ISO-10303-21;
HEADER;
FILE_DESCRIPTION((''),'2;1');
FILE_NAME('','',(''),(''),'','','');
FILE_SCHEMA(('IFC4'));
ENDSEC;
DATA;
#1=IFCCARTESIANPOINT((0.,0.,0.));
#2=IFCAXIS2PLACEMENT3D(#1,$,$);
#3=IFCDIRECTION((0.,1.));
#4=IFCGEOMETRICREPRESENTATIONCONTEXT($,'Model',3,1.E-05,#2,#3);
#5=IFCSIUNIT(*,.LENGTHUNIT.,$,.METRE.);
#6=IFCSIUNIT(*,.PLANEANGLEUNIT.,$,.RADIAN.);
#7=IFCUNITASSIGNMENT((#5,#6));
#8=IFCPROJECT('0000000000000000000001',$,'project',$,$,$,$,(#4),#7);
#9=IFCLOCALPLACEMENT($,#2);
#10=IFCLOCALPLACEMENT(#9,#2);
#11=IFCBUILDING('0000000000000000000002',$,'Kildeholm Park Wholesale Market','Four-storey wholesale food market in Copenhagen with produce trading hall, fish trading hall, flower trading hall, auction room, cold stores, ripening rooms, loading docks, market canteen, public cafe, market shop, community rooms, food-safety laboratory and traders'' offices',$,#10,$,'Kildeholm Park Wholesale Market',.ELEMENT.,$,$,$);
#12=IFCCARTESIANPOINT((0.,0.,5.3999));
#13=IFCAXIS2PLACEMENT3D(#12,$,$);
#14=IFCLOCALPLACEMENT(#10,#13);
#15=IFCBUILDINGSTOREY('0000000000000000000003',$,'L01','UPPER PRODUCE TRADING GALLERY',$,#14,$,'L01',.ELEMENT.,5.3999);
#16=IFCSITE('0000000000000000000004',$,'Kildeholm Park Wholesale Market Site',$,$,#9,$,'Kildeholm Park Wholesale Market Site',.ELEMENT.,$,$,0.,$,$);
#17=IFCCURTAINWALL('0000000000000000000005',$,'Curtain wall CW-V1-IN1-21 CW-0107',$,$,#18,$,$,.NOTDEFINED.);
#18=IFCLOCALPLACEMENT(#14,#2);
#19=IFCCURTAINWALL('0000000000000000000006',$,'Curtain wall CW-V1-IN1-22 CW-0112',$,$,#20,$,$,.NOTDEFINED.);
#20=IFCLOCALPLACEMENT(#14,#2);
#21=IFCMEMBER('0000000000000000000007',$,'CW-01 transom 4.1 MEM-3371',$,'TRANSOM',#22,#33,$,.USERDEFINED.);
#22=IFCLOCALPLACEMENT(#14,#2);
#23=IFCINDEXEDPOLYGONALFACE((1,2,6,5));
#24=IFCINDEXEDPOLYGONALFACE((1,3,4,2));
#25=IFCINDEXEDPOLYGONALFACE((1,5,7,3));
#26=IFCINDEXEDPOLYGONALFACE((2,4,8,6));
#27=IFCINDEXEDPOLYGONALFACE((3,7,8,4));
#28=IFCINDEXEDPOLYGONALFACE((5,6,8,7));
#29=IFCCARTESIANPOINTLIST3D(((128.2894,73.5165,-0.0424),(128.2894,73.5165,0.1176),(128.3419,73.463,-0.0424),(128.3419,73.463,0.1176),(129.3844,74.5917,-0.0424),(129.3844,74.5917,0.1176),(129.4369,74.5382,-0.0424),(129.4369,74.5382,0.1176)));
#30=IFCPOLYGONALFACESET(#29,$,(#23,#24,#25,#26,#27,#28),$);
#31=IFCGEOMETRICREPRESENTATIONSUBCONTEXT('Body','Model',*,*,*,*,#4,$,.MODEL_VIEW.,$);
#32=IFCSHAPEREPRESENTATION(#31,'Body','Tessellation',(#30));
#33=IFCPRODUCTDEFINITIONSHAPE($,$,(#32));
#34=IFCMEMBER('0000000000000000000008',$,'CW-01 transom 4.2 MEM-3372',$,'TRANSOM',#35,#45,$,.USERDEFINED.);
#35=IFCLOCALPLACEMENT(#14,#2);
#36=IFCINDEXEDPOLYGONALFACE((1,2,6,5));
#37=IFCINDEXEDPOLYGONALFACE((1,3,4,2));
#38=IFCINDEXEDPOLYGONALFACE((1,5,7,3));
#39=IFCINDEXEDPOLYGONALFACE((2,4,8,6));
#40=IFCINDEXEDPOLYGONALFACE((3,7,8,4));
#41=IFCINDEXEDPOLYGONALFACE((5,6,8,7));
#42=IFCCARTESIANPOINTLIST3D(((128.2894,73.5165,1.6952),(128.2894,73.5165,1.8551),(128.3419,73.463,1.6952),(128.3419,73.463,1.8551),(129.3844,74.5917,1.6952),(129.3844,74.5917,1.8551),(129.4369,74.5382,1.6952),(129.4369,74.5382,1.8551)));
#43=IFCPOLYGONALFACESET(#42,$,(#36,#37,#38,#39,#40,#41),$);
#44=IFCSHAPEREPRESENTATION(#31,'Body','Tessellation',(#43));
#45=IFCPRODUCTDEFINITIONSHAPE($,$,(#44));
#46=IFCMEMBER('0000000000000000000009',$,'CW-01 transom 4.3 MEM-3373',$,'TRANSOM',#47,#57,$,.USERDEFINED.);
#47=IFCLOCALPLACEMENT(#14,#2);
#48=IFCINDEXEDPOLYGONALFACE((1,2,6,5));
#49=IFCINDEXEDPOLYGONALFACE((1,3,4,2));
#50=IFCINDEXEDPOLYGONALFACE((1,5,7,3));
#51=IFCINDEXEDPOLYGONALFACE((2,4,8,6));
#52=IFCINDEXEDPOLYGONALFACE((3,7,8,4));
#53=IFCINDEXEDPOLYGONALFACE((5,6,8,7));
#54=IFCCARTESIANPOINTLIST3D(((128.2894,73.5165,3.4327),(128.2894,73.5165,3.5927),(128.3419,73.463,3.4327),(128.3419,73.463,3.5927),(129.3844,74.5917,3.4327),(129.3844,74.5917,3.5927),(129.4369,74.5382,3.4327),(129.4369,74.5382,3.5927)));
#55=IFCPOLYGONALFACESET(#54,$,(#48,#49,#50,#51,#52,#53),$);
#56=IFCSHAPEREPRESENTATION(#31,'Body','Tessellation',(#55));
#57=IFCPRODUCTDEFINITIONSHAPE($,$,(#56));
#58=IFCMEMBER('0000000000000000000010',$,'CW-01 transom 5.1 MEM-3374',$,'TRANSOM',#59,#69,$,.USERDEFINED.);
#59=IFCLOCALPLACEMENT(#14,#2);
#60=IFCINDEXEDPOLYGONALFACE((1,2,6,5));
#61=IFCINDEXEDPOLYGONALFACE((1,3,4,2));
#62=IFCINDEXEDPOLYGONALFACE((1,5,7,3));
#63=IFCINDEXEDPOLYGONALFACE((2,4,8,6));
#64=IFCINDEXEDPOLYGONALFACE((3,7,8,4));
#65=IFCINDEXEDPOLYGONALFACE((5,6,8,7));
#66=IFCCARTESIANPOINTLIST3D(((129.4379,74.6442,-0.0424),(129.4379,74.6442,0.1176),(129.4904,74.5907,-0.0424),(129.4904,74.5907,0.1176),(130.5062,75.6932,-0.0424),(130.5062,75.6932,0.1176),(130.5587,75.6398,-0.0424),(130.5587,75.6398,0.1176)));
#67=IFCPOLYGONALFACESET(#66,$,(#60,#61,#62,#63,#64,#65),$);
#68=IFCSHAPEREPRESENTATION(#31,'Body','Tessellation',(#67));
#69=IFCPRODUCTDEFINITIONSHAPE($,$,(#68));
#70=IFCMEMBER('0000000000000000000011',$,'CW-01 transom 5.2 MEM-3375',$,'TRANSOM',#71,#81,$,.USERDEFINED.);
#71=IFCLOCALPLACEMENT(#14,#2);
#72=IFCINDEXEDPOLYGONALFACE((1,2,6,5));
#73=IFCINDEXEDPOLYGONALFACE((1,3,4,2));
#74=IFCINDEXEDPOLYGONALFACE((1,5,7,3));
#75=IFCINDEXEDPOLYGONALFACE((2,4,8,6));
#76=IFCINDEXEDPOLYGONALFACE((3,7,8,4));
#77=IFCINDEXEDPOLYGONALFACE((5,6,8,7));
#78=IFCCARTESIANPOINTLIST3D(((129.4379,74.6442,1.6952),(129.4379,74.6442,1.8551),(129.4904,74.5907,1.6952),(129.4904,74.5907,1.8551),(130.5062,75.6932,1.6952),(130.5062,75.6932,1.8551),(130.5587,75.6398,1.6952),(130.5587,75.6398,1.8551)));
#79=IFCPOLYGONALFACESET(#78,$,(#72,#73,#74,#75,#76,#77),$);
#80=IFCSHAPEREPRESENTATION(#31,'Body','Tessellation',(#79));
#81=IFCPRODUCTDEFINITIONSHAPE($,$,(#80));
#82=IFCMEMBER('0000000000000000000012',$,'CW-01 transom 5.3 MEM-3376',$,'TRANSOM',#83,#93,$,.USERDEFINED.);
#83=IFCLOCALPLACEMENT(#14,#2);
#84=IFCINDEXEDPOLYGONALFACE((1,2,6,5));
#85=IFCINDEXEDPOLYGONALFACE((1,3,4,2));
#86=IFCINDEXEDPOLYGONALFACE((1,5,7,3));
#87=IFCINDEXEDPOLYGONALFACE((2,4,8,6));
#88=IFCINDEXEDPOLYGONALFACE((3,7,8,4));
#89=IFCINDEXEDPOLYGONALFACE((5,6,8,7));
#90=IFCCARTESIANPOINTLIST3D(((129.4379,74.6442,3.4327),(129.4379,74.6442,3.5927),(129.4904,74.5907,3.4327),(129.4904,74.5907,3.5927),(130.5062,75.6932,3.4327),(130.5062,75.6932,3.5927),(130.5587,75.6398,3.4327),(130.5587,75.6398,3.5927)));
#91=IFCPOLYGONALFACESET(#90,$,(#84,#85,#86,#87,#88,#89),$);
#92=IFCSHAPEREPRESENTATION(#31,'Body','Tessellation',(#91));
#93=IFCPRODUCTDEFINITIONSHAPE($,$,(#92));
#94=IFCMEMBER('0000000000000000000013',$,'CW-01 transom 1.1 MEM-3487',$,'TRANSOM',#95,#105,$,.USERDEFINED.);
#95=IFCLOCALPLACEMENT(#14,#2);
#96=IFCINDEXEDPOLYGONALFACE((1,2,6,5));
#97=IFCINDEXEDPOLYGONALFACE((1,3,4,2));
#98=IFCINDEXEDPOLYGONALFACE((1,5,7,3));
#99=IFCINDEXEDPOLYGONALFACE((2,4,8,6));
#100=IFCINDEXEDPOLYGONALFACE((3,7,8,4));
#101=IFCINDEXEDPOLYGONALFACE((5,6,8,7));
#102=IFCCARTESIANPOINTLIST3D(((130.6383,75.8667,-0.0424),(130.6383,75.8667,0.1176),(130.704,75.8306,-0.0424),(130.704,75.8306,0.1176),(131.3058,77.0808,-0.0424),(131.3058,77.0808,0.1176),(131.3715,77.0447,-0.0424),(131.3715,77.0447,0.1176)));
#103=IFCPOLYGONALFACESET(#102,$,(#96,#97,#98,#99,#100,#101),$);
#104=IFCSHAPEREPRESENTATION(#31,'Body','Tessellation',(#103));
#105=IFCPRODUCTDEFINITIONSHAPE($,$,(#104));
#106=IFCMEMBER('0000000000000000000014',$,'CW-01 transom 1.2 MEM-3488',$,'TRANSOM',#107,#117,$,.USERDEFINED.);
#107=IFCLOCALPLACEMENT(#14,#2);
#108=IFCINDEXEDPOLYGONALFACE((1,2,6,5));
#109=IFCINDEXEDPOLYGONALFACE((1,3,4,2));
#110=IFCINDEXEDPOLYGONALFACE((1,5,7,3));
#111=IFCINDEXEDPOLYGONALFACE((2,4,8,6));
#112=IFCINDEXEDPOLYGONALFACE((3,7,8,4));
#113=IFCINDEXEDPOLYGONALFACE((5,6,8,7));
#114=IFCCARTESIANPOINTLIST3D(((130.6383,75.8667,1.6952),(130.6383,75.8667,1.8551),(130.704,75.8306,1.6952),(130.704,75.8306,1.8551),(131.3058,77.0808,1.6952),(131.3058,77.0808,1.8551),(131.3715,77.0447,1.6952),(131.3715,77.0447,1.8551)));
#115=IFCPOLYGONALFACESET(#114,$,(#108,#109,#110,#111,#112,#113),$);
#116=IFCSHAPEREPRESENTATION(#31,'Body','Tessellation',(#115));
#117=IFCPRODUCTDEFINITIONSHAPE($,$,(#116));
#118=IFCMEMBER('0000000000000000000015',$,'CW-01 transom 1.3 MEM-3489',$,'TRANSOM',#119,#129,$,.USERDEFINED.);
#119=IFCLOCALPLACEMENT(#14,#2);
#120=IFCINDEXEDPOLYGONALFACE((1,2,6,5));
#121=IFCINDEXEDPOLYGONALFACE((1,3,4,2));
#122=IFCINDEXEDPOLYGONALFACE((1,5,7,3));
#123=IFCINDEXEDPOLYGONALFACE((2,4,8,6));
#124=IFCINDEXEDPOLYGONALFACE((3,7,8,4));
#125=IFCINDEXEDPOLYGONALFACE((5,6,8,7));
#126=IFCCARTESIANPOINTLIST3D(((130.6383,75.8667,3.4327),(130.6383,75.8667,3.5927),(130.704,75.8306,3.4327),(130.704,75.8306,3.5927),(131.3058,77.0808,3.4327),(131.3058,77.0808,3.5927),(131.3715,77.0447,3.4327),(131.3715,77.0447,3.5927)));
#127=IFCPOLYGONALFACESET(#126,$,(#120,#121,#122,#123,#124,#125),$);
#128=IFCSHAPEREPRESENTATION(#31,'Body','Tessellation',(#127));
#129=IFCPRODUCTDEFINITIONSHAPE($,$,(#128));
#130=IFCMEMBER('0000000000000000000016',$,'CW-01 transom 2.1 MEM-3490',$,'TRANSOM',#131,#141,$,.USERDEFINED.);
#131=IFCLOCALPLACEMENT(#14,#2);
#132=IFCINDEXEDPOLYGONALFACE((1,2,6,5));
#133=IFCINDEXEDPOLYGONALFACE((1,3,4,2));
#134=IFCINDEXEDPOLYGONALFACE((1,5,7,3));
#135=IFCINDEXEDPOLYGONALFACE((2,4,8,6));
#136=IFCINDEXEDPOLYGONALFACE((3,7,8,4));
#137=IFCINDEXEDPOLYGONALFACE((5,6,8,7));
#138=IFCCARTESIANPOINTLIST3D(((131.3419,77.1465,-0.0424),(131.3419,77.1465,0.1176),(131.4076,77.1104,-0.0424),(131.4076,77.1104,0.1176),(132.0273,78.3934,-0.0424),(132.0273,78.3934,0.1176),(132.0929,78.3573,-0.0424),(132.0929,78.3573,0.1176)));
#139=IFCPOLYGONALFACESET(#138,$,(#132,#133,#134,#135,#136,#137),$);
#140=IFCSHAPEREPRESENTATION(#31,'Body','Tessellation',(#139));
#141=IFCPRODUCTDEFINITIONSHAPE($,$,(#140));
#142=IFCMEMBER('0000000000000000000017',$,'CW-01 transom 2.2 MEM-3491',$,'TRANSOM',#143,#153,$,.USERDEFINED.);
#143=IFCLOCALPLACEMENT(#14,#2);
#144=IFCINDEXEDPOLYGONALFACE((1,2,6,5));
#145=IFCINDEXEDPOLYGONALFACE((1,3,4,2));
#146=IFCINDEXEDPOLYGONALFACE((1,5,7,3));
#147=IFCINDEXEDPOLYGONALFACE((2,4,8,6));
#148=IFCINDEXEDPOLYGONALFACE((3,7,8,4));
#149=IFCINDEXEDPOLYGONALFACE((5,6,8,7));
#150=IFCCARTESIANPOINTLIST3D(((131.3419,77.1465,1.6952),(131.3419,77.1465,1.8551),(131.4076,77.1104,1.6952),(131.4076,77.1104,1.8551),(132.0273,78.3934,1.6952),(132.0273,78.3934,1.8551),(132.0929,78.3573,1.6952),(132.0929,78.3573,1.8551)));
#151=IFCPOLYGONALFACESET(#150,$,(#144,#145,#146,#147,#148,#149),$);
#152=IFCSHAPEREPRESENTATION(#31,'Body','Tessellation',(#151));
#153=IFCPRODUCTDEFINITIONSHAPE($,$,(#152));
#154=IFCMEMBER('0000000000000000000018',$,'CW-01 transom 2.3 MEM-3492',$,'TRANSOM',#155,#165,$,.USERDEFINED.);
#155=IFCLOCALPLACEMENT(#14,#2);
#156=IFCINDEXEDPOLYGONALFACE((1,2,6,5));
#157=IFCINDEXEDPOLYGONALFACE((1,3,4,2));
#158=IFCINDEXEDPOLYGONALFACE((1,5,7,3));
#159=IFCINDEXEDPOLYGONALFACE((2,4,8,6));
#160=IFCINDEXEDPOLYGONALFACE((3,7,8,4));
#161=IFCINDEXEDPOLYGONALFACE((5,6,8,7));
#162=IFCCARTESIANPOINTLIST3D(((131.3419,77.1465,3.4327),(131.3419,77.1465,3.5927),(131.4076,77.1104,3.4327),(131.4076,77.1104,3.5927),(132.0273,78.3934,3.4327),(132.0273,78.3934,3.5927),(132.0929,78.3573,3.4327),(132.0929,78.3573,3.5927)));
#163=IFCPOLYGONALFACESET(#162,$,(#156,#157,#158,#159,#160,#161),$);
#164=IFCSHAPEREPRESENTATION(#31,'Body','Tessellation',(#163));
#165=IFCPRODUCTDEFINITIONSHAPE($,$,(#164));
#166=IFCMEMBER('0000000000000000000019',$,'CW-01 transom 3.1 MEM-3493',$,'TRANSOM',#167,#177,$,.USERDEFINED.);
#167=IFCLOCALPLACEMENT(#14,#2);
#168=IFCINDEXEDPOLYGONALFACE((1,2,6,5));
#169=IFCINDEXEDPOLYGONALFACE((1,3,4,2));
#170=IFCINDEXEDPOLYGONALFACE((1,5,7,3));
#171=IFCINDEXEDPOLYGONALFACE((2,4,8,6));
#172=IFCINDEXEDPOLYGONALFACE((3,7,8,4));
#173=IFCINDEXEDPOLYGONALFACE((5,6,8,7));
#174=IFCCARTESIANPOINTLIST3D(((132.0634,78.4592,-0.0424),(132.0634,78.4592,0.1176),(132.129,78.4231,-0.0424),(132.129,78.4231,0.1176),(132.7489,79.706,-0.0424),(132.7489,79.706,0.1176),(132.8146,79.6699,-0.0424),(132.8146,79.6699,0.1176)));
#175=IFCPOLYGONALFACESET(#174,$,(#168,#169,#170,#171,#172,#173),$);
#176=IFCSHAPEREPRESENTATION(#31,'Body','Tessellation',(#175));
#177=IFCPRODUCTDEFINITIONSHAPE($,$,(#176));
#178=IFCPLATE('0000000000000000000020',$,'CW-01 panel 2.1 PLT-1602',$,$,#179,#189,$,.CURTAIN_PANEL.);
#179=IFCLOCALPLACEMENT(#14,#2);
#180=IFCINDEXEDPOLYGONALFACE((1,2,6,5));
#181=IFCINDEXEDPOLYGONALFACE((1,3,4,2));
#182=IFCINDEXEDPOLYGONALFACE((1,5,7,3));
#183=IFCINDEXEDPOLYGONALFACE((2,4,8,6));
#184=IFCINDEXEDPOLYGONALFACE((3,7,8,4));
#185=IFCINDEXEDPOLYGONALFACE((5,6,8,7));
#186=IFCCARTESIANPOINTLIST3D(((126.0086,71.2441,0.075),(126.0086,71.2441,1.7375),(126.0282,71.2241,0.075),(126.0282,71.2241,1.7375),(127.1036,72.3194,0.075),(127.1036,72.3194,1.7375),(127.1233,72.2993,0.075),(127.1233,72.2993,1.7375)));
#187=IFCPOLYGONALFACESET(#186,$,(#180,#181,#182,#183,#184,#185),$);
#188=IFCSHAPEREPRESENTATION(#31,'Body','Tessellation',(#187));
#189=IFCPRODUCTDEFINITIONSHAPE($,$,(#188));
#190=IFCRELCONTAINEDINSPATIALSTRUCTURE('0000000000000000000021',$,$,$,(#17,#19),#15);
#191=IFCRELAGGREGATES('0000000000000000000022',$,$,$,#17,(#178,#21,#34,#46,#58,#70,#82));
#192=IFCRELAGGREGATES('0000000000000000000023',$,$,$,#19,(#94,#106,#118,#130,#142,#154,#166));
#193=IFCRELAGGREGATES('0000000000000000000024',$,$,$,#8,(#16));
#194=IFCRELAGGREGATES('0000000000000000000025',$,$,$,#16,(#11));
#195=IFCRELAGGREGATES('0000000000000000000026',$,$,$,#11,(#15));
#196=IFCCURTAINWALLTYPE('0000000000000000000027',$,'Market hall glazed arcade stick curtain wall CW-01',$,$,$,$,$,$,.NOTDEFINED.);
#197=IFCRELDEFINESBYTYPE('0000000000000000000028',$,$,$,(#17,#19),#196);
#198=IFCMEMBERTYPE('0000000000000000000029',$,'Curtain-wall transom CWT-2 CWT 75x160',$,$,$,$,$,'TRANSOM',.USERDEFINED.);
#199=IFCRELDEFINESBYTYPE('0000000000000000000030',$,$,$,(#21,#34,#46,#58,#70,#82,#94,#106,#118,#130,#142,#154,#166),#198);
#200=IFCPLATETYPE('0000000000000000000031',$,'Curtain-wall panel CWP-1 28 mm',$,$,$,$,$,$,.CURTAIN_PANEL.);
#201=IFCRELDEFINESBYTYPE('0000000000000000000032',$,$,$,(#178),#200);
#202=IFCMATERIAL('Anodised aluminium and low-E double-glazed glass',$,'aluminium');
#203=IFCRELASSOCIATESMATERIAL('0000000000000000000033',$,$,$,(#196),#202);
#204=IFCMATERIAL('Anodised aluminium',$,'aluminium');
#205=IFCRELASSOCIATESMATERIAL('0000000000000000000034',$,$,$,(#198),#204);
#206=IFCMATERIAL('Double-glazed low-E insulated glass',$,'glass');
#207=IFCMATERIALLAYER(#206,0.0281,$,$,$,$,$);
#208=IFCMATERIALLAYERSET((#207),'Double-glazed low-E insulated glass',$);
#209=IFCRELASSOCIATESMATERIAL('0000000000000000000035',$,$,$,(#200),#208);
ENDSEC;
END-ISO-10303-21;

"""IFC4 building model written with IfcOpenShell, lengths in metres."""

from ifc_helpers import new_model, si_unit, direction, frame, origin, origin_2d, place, context, subcontext, project, spatial, rectangle, extrude, material, layer, layer_set, material_profile, profile_set, type_object, element, aggregate, save


model = new_model("IFC4")

# Units and contexts
model_context = context("Model", 3, precision=1e-05, world=origin(), true_north=direction((0.0, 1.0)))
body_context = subcontext(model_context, "Body", "Model", "MODEL_VIEW")
ifc_project = project(units=[si_unit("LENGTHUNIT", "METRE"), si_unit("PLANEANGLEUNIT", "RADIAN")], contexts=[model_context])

# Site, building, storey
site_placement = place(None, origin())
site = spatial("IfcSite", under=ifc_project, at=site_placement, Name="Kildeholm Park Wholesale Market Site", LongName="Kildeholm Park Wholesale Market Site", CompositionType="ELEMENT", RefElevation=0.0)
building_placement = place(site_placement, origin())
building = spatial("IfcBuilding", under=site, at=building_placement, Name="Kildeholm Park Wholesale Market", Description="Four-storey wholesale food market in Copenhagen with produce trading hall, fish trading hall, flower trading hall, auction room, cold stores, ripening rooms, loading docks, market canteen, public cafe, market shop, community rooms, food-safety laboratory and traders' offices", LongName="Kildeholm Park Wholesale Market", CompositionType="ELEMENT")
storey_placement = place(building_placement, frame((0.0, 0.0, 5.3999)))
storey = spatial("IfcBuildingStorey", under=building, at=storey_placement, Name="L01", Description="UPPER PRODUCE TRADING GALLERY", LongName="L01", CompositionType="ELEMENT", Elevation=5.3999)

# Curtain walls
ifc_material_1 = material(Name="Anodised aluminium and low-E double-glazed glass", Category="aluminium")
curtain_wall_type = type_object("IfcCurtainWallType", Name="Market hall glazed arcade stick curtain wall CW-01", PredefinedType="NOTDEFINED", material=ifc_material_1)
curtain_wall_1_placement = place(storey_placement, origin())
curtain_wall_1 = element("IfcCurtainWall", 1, at=curtain_wall_1_placement, inside=storey, type_object=curtain_wall_type, Name="Curtain wall CW-V1-IN1-21 CW-0107", PredefinedType="NOTDEFINED")
ifc_material_2 = material(Name="Anodised aluminium", Category="aluminium")
curtain_wall_2_placement = place(storey_placement, origin())
curtain_wall_2 = element("IfcCurtainWall", 2, at=curtain_wall_2_placement, inside=storey, type_object=curtain_wall_type, Name="Curtain wall CW-V1-IN1-22 CW-0112", PredefinedType="NOTDEFINED")

# Members
ifc_material_profile_1 = material_profile(ifc_material_2, rectangle(XDim=0.075, YDim=0.1599, at=origin_2d()), Name="CWT 75x160")
ifc_profile_set_1 = profile_set([ifc_material_profile_1], Name="Anodised aluminium")
member_type_1 = type_object("IfcMemberType", Name="Curtain-wall transom CWT-2 CWT 75x160", ElementType="TRANSOM", PredefinedType="USERDEFINED", material=ifc_profile_set_1)
member_1_placement = place(storey_placement, frame((128.3157, 73.4897, 0.0376), z_axis=(0.713521, 0.700634, 0.0), x_axis=(-0.700634, 0.713521, 0.0)))
member_1 = element("IfcMember", 3, at=member_1_placement, type_object=member_type_1, Name="CW-01 transom 4.1 MEM-3371", ObjectType="TRANSOM", PredefinedType="USERDEFINED", context=body_context, shape_type="SweptSolid", body=[
    extrude(rectangle(XDim=0.075, YDim=0.1599, at=origin_2d()), origin(), (0.0, 0.0, 1.0), 1.5347),
])
member_2_placement = place(storey_placement, frame((128.3157, 73.4897, 1.7751), z_axis=(0.713521, 0.700634, 0.0), x_axis=(-0.700634, 0.713521, 0.0)))
member_2 = element("IfcMember", 4, at=member_2_placement, type_object=member_type_1, Name="CW-01 transom 4.2 MEM-3372", ObjectType="TRANSOM", PredefinedType="USERDEFINED", context=body_context, shape_type="SweptSolid", body=[
    extrude(rectangle(XDim=0.075, YDim=0.1599, at=origin_2d()), origin(), (0.0, 0.0, 1.0), 1.5347),
])
member_3_placement = place(storey_placement, frame((128.3157, 73.4897, 3.5127), z_axis=(0.713521, 0.700634, 0.0), x_axis=(-0.700634, 0.713521, 0.0)))
member_3 = element("IfcMember", 5, at=member_3_placement, type_object=member_type_1, Name="CW-01 transom 4.3 MEM-3373", ObjectType="TRANSOM", PredefinedType="USERDEFINED", context=body_context, shape_type="SweptSolid", body=[
    extrude(rectangle(XDim=0.075, YDim=0.1599, at=origin_2d()), origin(), (0.0, 0.0, 1.0), 1.5347),
])
member_4_placement = place(storey_placement, frame((129.4641, 74.6174, 0.0376), z_axis=(0.713518, 0.700637, 0.0), x_axis=(-0.700637, 0.713518, 0.0)))
member_4 = element("IfcMember", 6, at=member_4_placement, type_object=member_type_1, Name="CW-01 transom 5.1 MEM-3374", ObjectType="TRANSOM", PredefinedType="USERDEFINED", context=body_context, shape_type="SweptSolid", body=[
    extrude(rectangle(XDim=0.075, YDim=0.1599, at=origin_2d()), origin(), (0.0, 0.0, 1.0), 1.4973),
])
member_5_placement = place(storey_placement, frame((129.4641, 74.6174, 1.7751), z_axis=(0.713518, 0.700637, 0.0), x_axis=(-0.700637, 0.713518, 0.0)))
member_5 = element("IfcMember", 7, at=member_5_placement, type_object=member_type_1, Name="CW-01 transom 5.2 MEM-3375", ObjectType="TRANSOM", PredefinedType="USERDEFINED", context=body_context, shape_type="SweptSolid", body=[
    extrude(rectangle(XDim=0.075, YDim=0.1599, at=origin_2d()), origin(), (0.0, 0.0, 1.0), 1.4973),
])
member_6_placement = place(storey_placement, frame((129.4641, 74.6174, 3.5127), z_axis=(0.713518, 0.700637, 0.0), x_axis=(-0.700637, 0.713518, 0.0)))
member_6 = element("IfcMember", 8, at=member_6_placement, type_object=member_type_1, Name="CW-01 transom 5.3 MEM-3376", ObjectType="TRANSOM", PredefinedType="USERDEFINED", context=body_context, shape_type="SweptSolid", body=[
    extrude(rectangle(XDim=0.075, YDim=0.1599, at=origin_2d()), origin(), (0.0, 0.0, 1.0), 1.4973),
])
member_7_placement = place(storey_placement, frame((130.6711, 75.8486, 0.0376), z_axis=(0.481763, 0.876301, 0.0), x_axis=(-0.876301, 0.481763, 0.0)))
member_7 = element("IfcMember", 9, at=member_7_placement, type_object=member_type_1, Name="CW-01 transom 1.1 MEM-3487", ObjectType="TRANSOM", PredefinedType="USERDEFINED", context=body_context, shape_type="SweptSolid", body=[
    extrude(rectangle(XDim=0.075, YDim=0.1599, at=origin_2d()), origin(), (0.0, 0.0, 1.0), 1.3855),
])
member_8_placement = place(storey_placement, frame((130.6711, 75.8486, 1.7751), z_axis=(0.481763, 0.876301, 0.0), x_axis=(-0.876301, 0.481763, 0.0)))
member_8 = element("IfcMember", 10, at=member_8_placement, type_object=member_type_1, Name="CW-01 transom 1.2 MEM-3488", ObjectType="TRANSOM", PredefinedType="USERDEFINED", context=body_context, shape_type="SweptSolid", body=[
    extrude(rectangle(XDim=0.075, YDim=0.1599, at=origin_2d()), origin(), (0.0, 0.0, 1.0), 1.3855),
])
member_9_placement = place(storey_placement, frame((130.6711, 75.8486, 3.5127), z_axis=(0.481763, 0.876301, 0.0), x_axis=(-0.876301, 0.481763, 0.0)))
member_9 = element("IfcMember", 11, at=member_9_placement, type_object=member_type_1, Name="CW-01 transom 1.3 MEM-3489", ObjectType="TRANSOM", PredefinedType="USERDEFINED", context=body_context, shape_type="SweptSolid", body=[
    extrude(rectangle(XDim=0.075, YDim=0.1599, at=origin_2d()), origin(), (0.0, 0.0, 1.0), 1.3855),
])
member_10_placement = place(storey_placement, frame((131.3748, 77.1284, 0.0376), z_axis=(0.481675, 0.87635, 0.0), x_axis=(-0.87635, 0.481675, 0.0)))
member_10 = element("IfcMember", 12, at=member_10_placement, type_object=member_type_1, Name="CW-01 transom 2.1 MEM-3490", ObjectType="TRANSOM", PredefinedType="USERDEFINED", context=body_context, shape_type="SweptSolid", body=[
    extrude(rectangle(XDim=0.075, YDim=0.1599, at=origin_2d()), origin(), (0.0, 0.0, 1.0), 1.4229),
])
member_11_placement = place(storey_placement, frame((131.3748, 77.1284, 1.7751), z_axis=(0.481675, 0.87635, 0.0), x_axis=(-0.87635, 0.481675, 0.0)))
member_11 = element("IfcMember", 13, at=member_11_placement, type_object=member_type_1, Name="CW-01 transom 2.2 MEM-3491", ObjectType="TRANSOM", PredefinedType="USERDEFINED", context=body_context, shape_type="SweptSolid", body=[
    extrude(rectangle(XDim=0.075, YDim=0.1599, at=origin_2d()), origin(), (0.0, 0.0, 1.0), 1.4229),
])
member_12_placement = place(storey_placement, frame((131.3748, 77.1284, 3.5127), z_axis=(0.481675, 0.87635, 0.0), x_axis=(-0.87635, 0.481675, 0.0)))
member_12 = element("IfcMember", 14, at=member_12_placement, type_object=member_type_1, Name="CW-01 transom 2.3 MEM-3492", ObjectType="TRANSOM", PredefinedType="USERDEFINED", context=body_context, shape_type="SweptSolid", body=[
    extrude(rectangle(XDim=0.075, YDim=0.1599, at=origin_2d()), origin(), (0.0, 0.0, 1.0), 1.4229),
])
member_13_placement = place(storey_placement, frame((132.0962, 78.4412, 0.0376), z_axis=(0.481807, 0.876277, 0.0), x_axis=(-0.876277, 0.481807, 0.0)))
member_13 = element("IfcMember", 15, at=member_13_placement, type_object=member_type_1, Name="CW-01 transom 3.1 MEM-3493", ObjectType="TRANSOM", PredefinedType="USERDEFINED", context=body_context, shape_type="SweptSolid", body=[
    extrude(rectangle(XDim=0.075, YDim=0.1599, at=origin_2d()), origin(), (0.0, 0.0, 1.0), 1.4229),
])

# Plate
ifc_material_3 = material(Name="Double-glazed low-E insulated glass", Category="glass")
ifc_layer = layer(ifc_material_3, 0.0281)
ifc_layer_set = layer_set([ifc_layer], Name="Double-glazed low-E insulated glass")
plate_type = type_object("IfcPlateType", Name="Curtain-wall panel CWP-1 28 mm", PredefinedType="CURTAIN_PANEL", material=ifc_layer_set)
plate_1_placement = place(storey_placement, frame((126.5659, 71.7717, 0.075), z_axis=(0.0, 0.0, 1.0), x_axis=(0.713538, 0.700617, 0.0)))
plate_1 = element("IfcPlate", 16, at=plate_1_placement, type_object=plate_type, Name="CW-01 panel 2.1 PLT-1602", PredefinedType="CURTAIN_PANEL", context=body_context, shape_type="SweptSolid", body=[
    extrude(rectangle(XDim=1.5347, YDim=0.0281, at=origin_2d()), origin(), (0.0, 0.0, 1.0), 1.6626),
])
aggregate(curtain_wall_1, [plate_1, member_1, member_2, member_3, member_4, member_5, member_6])
aggregate(curtain_wall_2, [member_7, member_8, member_9, member_10, member_11, member_12, member_13])

save(model, "model.ifc")
